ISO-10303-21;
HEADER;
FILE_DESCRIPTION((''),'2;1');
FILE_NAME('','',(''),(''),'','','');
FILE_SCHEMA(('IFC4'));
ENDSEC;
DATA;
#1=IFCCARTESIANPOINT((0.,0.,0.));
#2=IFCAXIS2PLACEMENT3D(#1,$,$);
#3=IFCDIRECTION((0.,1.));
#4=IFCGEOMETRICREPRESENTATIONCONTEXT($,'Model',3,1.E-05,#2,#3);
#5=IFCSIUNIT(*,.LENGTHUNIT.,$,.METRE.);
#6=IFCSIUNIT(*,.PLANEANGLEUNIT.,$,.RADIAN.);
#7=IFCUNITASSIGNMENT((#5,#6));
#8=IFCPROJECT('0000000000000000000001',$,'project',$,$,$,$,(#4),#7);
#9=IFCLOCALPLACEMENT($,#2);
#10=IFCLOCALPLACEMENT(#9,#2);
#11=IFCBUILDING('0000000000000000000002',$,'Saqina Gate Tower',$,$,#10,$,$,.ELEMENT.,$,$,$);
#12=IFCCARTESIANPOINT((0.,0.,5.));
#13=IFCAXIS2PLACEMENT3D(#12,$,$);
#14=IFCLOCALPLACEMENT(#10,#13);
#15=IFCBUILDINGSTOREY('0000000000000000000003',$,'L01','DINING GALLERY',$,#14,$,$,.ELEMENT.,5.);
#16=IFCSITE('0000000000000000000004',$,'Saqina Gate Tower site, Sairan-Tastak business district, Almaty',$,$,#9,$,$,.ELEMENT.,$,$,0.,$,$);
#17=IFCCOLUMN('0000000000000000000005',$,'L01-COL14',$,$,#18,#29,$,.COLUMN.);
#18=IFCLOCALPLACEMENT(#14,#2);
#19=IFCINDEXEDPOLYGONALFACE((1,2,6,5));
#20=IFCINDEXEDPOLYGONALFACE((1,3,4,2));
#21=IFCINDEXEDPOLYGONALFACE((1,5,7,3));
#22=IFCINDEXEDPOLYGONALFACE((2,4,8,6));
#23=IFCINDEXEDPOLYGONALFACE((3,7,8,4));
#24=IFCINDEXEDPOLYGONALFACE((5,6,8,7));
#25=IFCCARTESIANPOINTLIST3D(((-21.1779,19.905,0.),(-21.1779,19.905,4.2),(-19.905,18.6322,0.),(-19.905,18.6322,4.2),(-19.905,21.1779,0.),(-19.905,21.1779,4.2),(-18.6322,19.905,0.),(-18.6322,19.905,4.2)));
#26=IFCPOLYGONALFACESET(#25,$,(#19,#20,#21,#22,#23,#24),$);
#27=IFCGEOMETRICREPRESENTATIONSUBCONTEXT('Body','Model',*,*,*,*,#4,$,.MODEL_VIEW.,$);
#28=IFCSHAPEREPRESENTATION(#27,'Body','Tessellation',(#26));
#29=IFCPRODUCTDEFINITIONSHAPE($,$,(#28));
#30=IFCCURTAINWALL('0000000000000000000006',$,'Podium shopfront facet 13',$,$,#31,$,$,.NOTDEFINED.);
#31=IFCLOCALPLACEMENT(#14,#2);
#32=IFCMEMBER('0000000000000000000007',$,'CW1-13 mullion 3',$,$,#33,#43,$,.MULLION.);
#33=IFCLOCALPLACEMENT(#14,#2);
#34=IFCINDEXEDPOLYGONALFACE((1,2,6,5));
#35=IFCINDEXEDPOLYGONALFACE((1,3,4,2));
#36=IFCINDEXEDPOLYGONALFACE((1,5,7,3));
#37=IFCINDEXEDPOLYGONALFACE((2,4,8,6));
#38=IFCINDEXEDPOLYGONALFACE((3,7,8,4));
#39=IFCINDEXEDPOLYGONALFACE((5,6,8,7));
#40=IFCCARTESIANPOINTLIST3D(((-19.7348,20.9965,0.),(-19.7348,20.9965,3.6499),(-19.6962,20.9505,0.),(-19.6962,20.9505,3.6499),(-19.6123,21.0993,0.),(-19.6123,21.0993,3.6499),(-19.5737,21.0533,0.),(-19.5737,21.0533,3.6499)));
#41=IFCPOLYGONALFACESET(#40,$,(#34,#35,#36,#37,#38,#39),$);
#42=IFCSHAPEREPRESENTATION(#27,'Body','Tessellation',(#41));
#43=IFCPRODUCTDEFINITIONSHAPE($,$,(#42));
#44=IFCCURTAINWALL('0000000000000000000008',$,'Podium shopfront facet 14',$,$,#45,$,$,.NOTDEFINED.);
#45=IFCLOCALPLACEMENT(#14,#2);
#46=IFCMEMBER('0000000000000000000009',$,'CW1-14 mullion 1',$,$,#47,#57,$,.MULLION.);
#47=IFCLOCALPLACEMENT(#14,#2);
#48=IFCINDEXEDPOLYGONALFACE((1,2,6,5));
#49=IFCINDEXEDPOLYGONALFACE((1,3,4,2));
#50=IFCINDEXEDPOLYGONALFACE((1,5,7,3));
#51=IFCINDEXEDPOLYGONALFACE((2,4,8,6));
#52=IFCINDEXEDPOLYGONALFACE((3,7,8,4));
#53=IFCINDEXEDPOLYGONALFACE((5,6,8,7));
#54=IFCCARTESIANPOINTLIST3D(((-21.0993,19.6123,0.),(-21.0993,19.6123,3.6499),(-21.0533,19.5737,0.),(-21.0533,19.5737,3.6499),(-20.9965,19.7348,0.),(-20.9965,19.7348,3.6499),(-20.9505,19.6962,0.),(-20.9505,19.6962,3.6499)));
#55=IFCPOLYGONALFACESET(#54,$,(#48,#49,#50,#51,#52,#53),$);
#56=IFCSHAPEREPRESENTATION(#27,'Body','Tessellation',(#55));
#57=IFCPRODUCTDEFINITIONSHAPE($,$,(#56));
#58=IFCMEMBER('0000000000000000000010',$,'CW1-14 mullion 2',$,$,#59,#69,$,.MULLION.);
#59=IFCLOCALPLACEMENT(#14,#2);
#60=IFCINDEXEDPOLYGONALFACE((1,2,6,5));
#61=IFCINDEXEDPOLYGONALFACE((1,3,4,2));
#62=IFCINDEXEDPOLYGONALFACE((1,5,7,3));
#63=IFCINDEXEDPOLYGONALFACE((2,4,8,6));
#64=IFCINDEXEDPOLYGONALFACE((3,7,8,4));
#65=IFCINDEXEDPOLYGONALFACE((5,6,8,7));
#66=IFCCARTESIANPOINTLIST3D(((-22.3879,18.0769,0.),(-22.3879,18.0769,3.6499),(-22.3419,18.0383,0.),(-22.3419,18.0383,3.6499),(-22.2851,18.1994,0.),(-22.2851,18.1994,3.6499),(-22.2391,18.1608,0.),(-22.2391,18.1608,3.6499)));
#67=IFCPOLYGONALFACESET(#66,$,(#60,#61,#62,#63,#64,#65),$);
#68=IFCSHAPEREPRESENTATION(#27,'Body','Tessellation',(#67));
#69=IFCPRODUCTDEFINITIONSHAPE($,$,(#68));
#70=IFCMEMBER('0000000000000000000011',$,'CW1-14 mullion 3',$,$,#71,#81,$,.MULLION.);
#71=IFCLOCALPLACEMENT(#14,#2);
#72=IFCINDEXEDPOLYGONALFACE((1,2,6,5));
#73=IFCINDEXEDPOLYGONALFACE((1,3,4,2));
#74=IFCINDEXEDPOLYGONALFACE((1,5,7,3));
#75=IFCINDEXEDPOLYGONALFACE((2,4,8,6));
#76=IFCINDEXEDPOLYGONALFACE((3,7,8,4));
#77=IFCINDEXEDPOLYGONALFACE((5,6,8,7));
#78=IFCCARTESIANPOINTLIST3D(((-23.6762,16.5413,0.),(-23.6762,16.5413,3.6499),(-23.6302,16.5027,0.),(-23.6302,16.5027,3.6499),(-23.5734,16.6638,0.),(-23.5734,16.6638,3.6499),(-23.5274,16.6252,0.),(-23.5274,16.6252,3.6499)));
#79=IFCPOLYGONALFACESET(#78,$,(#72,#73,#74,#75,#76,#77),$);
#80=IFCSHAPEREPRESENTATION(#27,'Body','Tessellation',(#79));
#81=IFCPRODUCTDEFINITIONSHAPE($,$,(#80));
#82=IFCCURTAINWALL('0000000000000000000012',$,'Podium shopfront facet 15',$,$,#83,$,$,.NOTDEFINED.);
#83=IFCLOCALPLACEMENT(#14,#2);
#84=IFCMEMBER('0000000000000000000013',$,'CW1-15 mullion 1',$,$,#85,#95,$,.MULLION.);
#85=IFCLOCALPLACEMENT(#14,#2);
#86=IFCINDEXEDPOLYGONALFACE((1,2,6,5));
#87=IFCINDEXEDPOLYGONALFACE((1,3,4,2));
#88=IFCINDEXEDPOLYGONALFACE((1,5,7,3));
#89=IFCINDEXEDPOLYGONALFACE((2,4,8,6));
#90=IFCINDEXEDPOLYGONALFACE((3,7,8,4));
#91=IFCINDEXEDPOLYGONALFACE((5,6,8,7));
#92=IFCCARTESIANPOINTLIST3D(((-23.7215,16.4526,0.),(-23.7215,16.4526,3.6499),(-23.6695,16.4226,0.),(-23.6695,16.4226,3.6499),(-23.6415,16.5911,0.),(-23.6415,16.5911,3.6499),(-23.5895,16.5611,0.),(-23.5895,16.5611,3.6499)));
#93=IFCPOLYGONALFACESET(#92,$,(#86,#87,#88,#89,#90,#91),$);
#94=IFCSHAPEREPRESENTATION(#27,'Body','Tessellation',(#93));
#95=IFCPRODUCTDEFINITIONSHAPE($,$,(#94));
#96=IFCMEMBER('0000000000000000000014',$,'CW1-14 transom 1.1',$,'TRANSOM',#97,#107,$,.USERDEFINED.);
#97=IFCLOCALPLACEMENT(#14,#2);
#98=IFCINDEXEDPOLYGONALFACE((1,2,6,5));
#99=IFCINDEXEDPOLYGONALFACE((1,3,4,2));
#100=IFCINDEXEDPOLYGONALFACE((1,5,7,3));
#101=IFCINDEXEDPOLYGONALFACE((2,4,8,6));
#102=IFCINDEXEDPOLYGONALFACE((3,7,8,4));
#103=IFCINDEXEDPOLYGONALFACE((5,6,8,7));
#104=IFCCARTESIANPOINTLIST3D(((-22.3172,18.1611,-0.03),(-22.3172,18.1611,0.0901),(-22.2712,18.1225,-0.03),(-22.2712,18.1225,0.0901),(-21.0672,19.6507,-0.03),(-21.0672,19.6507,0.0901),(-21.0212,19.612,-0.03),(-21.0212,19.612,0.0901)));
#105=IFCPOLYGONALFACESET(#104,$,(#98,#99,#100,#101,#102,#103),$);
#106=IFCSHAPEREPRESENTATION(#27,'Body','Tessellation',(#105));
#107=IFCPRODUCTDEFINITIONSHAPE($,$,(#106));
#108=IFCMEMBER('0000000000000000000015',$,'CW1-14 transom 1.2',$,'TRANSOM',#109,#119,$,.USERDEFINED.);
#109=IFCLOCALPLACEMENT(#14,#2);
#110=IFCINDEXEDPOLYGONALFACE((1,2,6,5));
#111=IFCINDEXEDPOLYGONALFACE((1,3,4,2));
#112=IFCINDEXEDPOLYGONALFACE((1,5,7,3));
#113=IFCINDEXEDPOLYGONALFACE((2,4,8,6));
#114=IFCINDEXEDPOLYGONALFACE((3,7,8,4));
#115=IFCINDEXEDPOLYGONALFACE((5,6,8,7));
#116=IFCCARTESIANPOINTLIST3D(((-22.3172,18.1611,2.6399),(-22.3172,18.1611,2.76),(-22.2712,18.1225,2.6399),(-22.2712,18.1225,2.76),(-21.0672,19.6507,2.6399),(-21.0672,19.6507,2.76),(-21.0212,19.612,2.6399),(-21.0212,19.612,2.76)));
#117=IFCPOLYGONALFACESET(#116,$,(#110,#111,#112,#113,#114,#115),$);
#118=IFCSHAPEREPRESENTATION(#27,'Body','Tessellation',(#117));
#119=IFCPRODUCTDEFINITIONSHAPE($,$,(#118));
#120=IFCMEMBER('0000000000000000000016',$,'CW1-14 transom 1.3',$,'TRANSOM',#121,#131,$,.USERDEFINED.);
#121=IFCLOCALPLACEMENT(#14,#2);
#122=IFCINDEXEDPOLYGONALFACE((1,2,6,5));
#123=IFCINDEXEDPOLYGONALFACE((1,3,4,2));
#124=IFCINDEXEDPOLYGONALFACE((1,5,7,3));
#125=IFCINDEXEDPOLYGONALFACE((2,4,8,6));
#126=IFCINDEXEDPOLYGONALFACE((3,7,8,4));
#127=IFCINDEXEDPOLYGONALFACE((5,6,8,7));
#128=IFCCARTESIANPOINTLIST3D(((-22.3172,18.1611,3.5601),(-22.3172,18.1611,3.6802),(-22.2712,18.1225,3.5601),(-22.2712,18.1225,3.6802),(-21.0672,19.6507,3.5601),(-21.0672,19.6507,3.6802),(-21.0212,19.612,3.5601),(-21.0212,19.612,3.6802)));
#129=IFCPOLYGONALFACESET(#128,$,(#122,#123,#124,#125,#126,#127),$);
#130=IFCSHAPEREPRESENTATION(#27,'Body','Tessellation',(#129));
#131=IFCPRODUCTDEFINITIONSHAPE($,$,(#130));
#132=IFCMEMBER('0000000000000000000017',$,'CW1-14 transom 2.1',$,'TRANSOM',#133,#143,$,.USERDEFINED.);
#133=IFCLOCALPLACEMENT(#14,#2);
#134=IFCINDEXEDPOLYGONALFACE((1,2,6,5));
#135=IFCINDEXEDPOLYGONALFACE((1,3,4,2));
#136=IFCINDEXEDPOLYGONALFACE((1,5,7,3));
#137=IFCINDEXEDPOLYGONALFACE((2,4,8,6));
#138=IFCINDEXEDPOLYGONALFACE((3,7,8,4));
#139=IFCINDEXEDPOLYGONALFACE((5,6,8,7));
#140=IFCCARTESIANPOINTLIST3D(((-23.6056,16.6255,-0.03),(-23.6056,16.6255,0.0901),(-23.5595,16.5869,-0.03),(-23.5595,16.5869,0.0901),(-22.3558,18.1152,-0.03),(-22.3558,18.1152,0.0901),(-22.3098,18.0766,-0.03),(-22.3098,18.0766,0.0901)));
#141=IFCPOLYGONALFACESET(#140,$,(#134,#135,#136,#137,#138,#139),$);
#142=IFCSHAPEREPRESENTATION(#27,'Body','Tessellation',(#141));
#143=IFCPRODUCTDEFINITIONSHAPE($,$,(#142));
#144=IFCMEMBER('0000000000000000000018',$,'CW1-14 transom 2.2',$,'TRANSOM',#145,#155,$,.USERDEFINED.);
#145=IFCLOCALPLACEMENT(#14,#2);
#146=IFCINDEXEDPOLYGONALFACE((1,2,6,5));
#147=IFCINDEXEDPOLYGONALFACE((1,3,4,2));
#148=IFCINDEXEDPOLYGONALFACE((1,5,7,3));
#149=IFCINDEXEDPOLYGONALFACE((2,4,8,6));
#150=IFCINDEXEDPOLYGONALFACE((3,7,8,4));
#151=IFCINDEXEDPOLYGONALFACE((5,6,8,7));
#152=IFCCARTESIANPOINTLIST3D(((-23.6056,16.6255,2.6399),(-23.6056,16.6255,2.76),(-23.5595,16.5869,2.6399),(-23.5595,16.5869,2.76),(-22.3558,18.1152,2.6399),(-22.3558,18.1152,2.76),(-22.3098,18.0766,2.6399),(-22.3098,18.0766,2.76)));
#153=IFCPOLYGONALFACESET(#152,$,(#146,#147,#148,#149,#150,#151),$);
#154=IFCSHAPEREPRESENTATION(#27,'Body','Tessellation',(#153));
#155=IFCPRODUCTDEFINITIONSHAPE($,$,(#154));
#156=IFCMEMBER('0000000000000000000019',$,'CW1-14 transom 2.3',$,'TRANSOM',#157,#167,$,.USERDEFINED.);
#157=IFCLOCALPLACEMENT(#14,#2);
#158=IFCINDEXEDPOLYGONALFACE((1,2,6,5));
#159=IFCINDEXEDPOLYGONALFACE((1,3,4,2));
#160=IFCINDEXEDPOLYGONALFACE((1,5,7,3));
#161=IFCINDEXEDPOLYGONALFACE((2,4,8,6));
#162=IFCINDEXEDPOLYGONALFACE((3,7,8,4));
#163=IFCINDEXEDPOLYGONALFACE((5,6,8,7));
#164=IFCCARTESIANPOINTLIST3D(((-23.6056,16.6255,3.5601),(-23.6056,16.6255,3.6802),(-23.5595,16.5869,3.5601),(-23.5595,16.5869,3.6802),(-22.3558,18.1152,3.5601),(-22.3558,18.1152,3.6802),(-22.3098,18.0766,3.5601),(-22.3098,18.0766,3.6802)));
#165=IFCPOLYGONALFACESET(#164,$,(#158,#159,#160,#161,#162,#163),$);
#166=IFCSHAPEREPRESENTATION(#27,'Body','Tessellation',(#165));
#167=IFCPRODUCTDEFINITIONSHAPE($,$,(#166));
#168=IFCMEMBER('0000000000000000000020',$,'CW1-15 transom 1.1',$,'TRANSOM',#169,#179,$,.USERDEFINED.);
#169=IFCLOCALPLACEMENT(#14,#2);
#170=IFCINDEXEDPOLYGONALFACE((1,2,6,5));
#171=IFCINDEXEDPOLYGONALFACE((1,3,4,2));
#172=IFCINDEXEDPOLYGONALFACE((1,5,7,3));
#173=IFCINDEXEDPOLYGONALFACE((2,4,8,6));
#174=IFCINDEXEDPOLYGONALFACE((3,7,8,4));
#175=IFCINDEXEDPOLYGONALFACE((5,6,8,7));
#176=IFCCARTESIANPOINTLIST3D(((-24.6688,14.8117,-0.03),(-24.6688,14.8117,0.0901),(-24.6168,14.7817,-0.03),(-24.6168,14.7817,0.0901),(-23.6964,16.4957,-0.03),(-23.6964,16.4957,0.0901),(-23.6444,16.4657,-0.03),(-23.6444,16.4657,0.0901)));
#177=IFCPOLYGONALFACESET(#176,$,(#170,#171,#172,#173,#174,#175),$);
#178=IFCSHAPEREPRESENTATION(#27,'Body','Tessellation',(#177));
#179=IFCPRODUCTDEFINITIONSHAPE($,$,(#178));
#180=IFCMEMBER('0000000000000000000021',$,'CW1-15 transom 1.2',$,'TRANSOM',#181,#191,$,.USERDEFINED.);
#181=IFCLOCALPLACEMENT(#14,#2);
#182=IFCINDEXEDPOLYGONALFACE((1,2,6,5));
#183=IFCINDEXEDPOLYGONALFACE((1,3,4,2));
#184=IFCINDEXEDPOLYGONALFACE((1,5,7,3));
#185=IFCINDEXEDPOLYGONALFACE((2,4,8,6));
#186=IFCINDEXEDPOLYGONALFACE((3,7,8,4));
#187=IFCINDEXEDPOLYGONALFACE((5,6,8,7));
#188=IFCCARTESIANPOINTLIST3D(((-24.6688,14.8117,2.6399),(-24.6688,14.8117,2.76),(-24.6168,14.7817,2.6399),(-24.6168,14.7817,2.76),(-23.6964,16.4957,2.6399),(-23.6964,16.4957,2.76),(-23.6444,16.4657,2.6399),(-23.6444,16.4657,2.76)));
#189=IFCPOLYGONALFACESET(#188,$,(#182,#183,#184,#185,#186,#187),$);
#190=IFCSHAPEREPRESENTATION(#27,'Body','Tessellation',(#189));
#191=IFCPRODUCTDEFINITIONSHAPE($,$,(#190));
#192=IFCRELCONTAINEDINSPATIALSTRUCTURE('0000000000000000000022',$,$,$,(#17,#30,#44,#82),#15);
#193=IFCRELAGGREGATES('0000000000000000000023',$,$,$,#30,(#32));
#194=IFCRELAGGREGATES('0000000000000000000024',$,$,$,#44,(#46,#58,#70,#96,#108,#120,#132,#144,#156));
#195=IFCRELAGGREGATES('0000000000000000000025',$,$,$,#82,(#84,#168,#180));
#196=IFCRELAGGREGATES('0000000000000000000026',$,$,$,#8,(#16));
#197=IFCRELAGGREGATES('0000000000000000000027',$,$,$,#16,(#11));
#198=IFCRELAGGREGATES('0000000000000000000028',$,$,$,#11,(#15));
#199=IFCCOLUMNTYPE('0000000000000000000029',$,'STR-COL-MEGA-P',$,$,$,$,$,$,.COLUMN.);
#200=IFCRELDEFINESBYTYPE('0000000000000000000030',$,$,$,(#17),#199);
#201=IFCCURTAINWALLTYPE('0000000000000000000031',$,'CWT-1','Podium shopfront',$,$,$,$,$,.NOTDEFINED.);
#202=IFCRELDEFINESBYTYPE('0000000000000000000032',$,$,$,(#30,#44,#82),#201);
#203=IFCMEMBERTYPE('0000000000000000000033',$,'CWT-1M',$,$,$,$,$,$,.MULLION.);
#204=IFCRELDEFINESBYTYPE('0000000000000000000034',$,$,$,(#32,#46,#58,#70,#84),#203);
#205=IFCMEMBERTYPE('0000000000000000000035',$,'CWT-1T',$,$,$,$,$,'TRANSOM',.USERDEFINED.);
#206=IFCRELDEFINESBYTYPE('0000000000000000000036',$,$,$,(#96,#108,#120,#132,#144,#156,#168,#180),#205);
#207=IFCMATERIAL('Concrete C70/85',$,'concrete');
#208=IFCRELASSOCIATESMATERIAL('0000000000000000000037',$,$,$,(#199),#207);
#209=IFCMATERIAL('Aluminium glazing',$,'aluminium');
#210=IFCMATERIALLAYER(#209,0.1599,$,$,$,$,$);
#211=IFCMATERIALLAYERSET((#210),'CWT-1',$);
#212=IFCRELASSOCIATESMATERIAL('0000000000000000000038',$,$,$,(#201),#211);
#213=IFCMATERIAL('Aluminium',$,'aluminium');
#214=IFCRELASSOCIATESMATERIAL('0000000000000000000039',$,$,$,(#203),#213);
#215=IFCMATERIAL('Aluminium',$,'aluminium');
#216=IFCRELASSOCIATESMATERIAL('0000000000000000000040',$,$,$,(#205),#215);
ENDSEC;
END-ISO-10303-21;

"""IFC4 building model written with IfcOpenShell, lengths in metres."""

from ifc_helpers import new_model, si_unit, direction, frame, origin, origin_2d, place, context, subcontext, project, spatial, rectangle, extrude, material, layer, layer_set, material_profile, profile_set, type_object, element, aggregate, save


model = new_model("IFC4")

# Units and contexts
model_context = context("Model", 3, precision=1e-05, world=origin(), true_north=direction((0.0, 1.0)))
body_context = subcontext(model_context, "Body", "Model", "MODEL_VIEW")
ifc_project = project(units=[si_unit("LENGTHUNIT", "METRE"), si_unit("PLANEANGLEUNIT", "RADIAN")], contexts=[model_context])

# Site, building, storey
site_placement = place(None, origin())
site = spatial("IfcSite", under=ifc_project, at=site_placement, Name="Saqina Gate Tower site, Sairan-Tastak business district, Almaty", CompositionType="ELEMENT", RefElevation=0.0)
building_placement = place(site_placement, origin())
building = spatial("IfcBuilding", under=site, at=building_placement, Name="Saqina Gate Tower", CompositionType="ELEMENT")
storey_placement = place(building_placement, frame((0.0, 0.0, 5.0)))
storey = spatial("IfcBuildingStorey", under=building, at=storey_placement, Name="L01", Description="DINING GALLERY", CompositionType="ELEMENT", Elevation=5.0)

# Column
ifc_material_1 = material(Name="Concrete C70/85", Category="concrete")
ifc_material_profile_1 = material_profile(ifc_material_1, rectangle(XDim=1.8, YDim=1.8, at=origin_2d()), Name="RC 1800x1800")
ifc_profile_set_1 = profile_set([ifc_material_profile_1], Name="Concrete C70/85")
column_type = type_object("IfcColumnType", Name="STR-COL-MEGA-P", PredefinedType="COLUMN", material=ifc_profile_set_1)
column_placement = place(storey_placement, frame((-19.905, 19.905, 0.0), z_axis=(0.0, 0.0, 1.0), x_axis=(-0.707107, 0.707107, 0.0)))
element("IfcColumn", 1, at=column_placement, inside=storey, type_object=column_type, Name="L01-COL14", PredefinedType="COLUMN", context=body_context, shape_type="SweptSolid", body=[
    extrude(rectangle(XDim=1.8, YDim=1.8, at=origin_2d()), origin(), (0.0, 0.0, 1.0), 4.2),
])

# Curtain wall, member
ifc_material_2 = material(Name="Aluminium glazing", Category="aluminium")
ifc_layer_1 = layer(ifc_material_2, 0.1599)
ifc_layer_set_1 = layer_set([ifc_layer_1], Name="CWT-1")
curtain_wall_type = type_object("IfcCurtainWallType", Name="CWT-1", Description="Podium shopfront", PredefinedType="NOTDEFINED", material=ifc_layer_set_1)
curtain_wall_1_placement = place(storey_placement, origin())
curtain_wall_1 = element("IfcCurtainWall", 2, at=curtain_wall_1_placement, inside=storey, type_object=curtain_wall_type, Name="Podium shopfront facet 13", PredefinedType="NOTDEFINED")
ifc_material_3 = material(Name="Aluminium", Category="aluminium")
ifc_material_profile_2 = material_profile(ifc_material_3, rectangle(XDim=0.0601, YDim=0.1599, at=origin_2d()), Name="Aluminium 60x160")
ifc_profile_set_2 = profile_set([ifc_material_profile_2], Name="Aluminium")
member_type_1 = type_object("IfcMemberType", Name="CWT-1M", PredefinedType="MULLION", material=ifc_profile_set_2)
member_1_placement = place(storey_placement, frame((-19.6543, 21.0249, 0.0), z_axis=(0.0, 0.0, 1.0), x_axis=(0.642779, -0.766051, 0.0)))
member_1 = element("IfcMember", 3, at=member_1_placement, type_object=member_type_1, Name="CW1-13 mullion 3", PredefinedType="MULLION", context=body_context, shape_type="SweptSolid", body=[
    extrude(rectangle(XDim=0.0601, YDim=0.1599, at=origin_2d()), origin(), (0.0, 0.0, 1.0), 3.6499),
])
aggregate(curtain_wall_1, [member_1])

# Curtain wall, members
curtain_wall_2_placement = place(storey_placement, origin())
curtain_wall_2 = element("IfcCurtainWall", 4, at=curtain_wall_2_placement, inside=storey, type_object=curtain_wall_type, Name="Podium shopfront facet 14", PredefinedType="NOTDEFINED")
member_2_placement = place(storey_placement, frame((-21.0249, 19.6543, 0.0), z_axis=(0.0, 0.0, 1.0), x_axis=(0.766051, -0.642779, 0.0)))
member_2 = element("IfcMember", 5, at=member_2_placement, type_object=member_type_1, Name="CW1-14 mullion 1", PredefinedType="MULLION", context=body_context, shape_type="SweptSolid", body=[
    extrude(rectangle(XDim=0.0601, YDim=0.1599, at=origin_2d()), origin(), (0.0, 0.0, 1.0), 3.6499),
])
member_3_placement = place(storey_placement, frame((-22.3135, 18.1189, 0.0), z_axis=(0.0, 0.0, 1.0), x_axis=(0.766051, -0.642779, 0.0)))
member_3 = element("IfcMember", 6, at=member_3_placement, type_object=member_type_1, Name="CW1-14 mullion 2", PredefinedType="MULLION", context=body_context, shape_type="SweptSolid", body=[
    extrude(rectangle(XDim=0.0601, YDim=0.1599, at=origin_2d()), origin(), (0.0, 0.0, 1.0), 3.6499),
])
member_4_placement = place(storey_placement, frame((-23.6018, 16.5833, 0.0), z_axis=(0.0, 0.0, 1.0), x_axis=(0.766051, -0.642779, 0.0)))
member_4 = element("IfcMember", 7, at=member_4_placement, type_object=member_type_1, Name="CW1-14 mullion 3", PredefinedType="MULLION", context=body_context, shape_type="SweptSolid", body=[
    extrude(rectangle(XDim=0.0601, YDim=0.1599, at=origin_2d()), origin(), (0.0, 0.0, 1.0), 3.6499),
])

# Curtain wall, member
curtain_wall_3_placement = place(storey_placement, origin())
curtain_wall_3 = element("IfcCurtainWall", 8, at=curtain_wall_3_placement, inside=storey, type_object=curtain_wall_type, Name="Podium shopfront facet 15", PredefinedType="NOTDEFINED")
member_5_placement = place(storey_placement, frame((-23.6555, 16.5068, 0.0), z_axis=(0.0, 0.0, 1.0), x_axis=(0.866017, -0.500014, 0.0)))
member_5 = element("IfcMember", 9, at=member_5_placement, type_object=member_type_1, Name="CW1-15 mullion 1", PredefinedType="MULLION", context=body_context, shape_type="SweptSolid", body=[
    extrude(rectangle(XDim=0.0601, YDim=0.1599, at=origin_2d()), origin(), (0.0, 0.0, 1.0), 3.6499),
])

# Members
ifc_material_4 = material(Name="Aluminium", Category="aluminium")
ifc_material_profile_3 = material_profile(ifc_material_4, rectangle(XDim=0.0601, YDim=0.1201, at=origin_2d()), Name="Aluminium 60x120")
ifc_profile_set_3 = profile_set([ifc_material_profile_3], Name="Aluminium")
member_type_2 = type_object("IfcMemberType", Name="CWT-1T", ElementType="TRANSOM", PredefinedType="USERDEFINED", material=ifc_profile_set_3)
member_6_placement = place(storey_placement, frame((-21.0442, 19.6313, 0.03), z_axis=(-0.642836, -0.766004, 0.0), x_axis=(0.766004, -0.642836, 0.0)))
member_6 = element("IfcMember", 10, at=member_6_placement, type_object=member_type_2, Name="CW1-14 transom 1.1", ObjectType="TRANSOM", PredefinedType="USERDEFINED", context=body_context, shape_type="SweptSolid", body=[
    extrude(rectangle(XDim=0.0601, YDim=0.1201, at=origin_2d()), origin(), (0.0, 0.0, 1.0), 1.9446),
])
member_7_placement = place(storey_placement, frame((-21.0442, 19.6313, 2.7), z_axis=(-0.642836, -0.766004, 0.0), x_axis=(0.766004, -0.642836, 0.0)))
member_7 = element("IfcMember", 11, at=member_7_placement, type_object=member_type_2, Name="CW1-14 transom 1.2", ObjectType="TRANSOM", PredefinedType="USERDEFINED", context=body_context, shape_type="SweptSolid", body=[
    extrude(rectangle(XDim=0.0601, YDim=0.1201, at=origin_2d()), origin(), (0.0, 0.0, 1.0), 1.9446),
])
member_8_placement = place(storey_placement, frame((-21.0442, 19.6313, 3.6201), z_axis=(-0.642836, -0.766004, 0.0), x_axis=(0.766004, -0.642836, 0.0)))
member_8 = element("IfcMember", 12, at=member_8_placement, type_object=member_type_2, Name="CW1-14 transom 1.3", ObjectType="TRANSOM", PredefinedType="USERDEFINED", context=body_context, shape_type="SweptSolid", body=[
    extrude(rectangle(XDim=0.0601, YDim=0.1201, at=origin_2d()), origin(), (0.0, 0.0, 1.0), 1.9446),
])
member_9_placement = place(storey_placement, frame((-22.3328, 18.0959, 0.03), z_axis=(-0.6427, -0.766118, 0.0), x_axis=(0.766118, -0.6427, 0.0)))
member_9 = element("IfcMember", 13, at=member_9_placement, type_object=member_type_2, Name="CW1-14 transom 2.1", ObjectType="TRANSOM", PredefinedType="USERDEFINED", context=body_context, shape_type="SweptSolid", body=[
    extrude(rectangle(XDim=0.0601, YDim=0.1201, at=origin_2d()), origin(), (0.0, 0.0, 1.0), 1.9446),
])
member_10_placement = place(storey_placement, frame((-22.3328, 18.0959, 2.7), z_axis=(-0.6427, -0.766118, 0.0), x_axis=(0.766118, -0.6427, 0.0)))
member_10 = element("IfcMember", 14, at=member_10_placement, type_object=member_type_2, Name="CW1-14 transom 2.2", ObjectType="TRANSOM", PredefinedType="USERDEFINED", context=body_context, shape_type="SweptSolid", body=[
    extrude(rectangle(XDim=0.0601, YDim=0.1201, at=origin_2d()), origin(), (0.0, 0.0, 1.0), 1.9446),
])
member_11_placement = place(storey_placement, frame((-22.3328, 18.0959, 3.6201), z_axis=(-0.6427, -0.766118, 0.0), x_axis=(0.766118, -0.6427, 0.0)))
member_11 = element("IfcMember", 15, at=member_11_placement, type_object=member_type_2, Name="CW1-14 transom 2.3", ObjectType="TRANSOM", PredefinedType="USERDEFINED", context=body_context, shape_type="SweptSolid", body=[
    extrude(rectangle(XDim=0.0601, YDim=0.1201, at=origin_2d()), origin(), (0.0, 0.0, 1.0), 1.9446),
])
member_12_placement = place(storey_placement, frame((-23.6704, 16.4807, 0.03), z_axis=(-0.500041, -0.866002, 0.0), x_axis=(0.866002, -0.500041, 0.0)))
member_12 = element("IfcMember", 16, at=member_12_placement, type_object=member_type_2, Name="CW1-15 transom 1.1", ObjectType="TRANSOM", PredefinedType="USERDEFINED", context=body_context, shape_type="SweptSolid", body=[
    extrude(rectangle(XDim=0.0601, YDim=0.1201, at=origin_2d()), origin(), (0.0, 0.0, 1.0), 1.9446),
])
member_13_placement = place(storey_placement, frame((-23.6704, 16.4807, 2.7), z_axis=(-0.500041, -0.866002, 0.0), x_axis=(0.866002, -0.500041, 0.0)))
member_13 = element("IfcMember", 17, at=member_13_placement, type_object=member_type_2, Name="CW1-15 transom 1.2", ObjectType="TRANSOM", PredefinedType="USERDEFINED", context=body_context, shape_type="SweptSolid", body=[
    extrude(rectangle(XDim=0.0601, YDim=0.1201, at=origin_2d()), origin(), (0.0, 0.0, 1.0), 1.9446),
])

aggregate(curtain_wall_2, [member_2, member_3, member_4, member_6, member_7, member_8, member_9, member_10, member_11])
aggregate(curtain_wall_3, [member_5, member_12, member_13])

save(model, "model.ifc")
